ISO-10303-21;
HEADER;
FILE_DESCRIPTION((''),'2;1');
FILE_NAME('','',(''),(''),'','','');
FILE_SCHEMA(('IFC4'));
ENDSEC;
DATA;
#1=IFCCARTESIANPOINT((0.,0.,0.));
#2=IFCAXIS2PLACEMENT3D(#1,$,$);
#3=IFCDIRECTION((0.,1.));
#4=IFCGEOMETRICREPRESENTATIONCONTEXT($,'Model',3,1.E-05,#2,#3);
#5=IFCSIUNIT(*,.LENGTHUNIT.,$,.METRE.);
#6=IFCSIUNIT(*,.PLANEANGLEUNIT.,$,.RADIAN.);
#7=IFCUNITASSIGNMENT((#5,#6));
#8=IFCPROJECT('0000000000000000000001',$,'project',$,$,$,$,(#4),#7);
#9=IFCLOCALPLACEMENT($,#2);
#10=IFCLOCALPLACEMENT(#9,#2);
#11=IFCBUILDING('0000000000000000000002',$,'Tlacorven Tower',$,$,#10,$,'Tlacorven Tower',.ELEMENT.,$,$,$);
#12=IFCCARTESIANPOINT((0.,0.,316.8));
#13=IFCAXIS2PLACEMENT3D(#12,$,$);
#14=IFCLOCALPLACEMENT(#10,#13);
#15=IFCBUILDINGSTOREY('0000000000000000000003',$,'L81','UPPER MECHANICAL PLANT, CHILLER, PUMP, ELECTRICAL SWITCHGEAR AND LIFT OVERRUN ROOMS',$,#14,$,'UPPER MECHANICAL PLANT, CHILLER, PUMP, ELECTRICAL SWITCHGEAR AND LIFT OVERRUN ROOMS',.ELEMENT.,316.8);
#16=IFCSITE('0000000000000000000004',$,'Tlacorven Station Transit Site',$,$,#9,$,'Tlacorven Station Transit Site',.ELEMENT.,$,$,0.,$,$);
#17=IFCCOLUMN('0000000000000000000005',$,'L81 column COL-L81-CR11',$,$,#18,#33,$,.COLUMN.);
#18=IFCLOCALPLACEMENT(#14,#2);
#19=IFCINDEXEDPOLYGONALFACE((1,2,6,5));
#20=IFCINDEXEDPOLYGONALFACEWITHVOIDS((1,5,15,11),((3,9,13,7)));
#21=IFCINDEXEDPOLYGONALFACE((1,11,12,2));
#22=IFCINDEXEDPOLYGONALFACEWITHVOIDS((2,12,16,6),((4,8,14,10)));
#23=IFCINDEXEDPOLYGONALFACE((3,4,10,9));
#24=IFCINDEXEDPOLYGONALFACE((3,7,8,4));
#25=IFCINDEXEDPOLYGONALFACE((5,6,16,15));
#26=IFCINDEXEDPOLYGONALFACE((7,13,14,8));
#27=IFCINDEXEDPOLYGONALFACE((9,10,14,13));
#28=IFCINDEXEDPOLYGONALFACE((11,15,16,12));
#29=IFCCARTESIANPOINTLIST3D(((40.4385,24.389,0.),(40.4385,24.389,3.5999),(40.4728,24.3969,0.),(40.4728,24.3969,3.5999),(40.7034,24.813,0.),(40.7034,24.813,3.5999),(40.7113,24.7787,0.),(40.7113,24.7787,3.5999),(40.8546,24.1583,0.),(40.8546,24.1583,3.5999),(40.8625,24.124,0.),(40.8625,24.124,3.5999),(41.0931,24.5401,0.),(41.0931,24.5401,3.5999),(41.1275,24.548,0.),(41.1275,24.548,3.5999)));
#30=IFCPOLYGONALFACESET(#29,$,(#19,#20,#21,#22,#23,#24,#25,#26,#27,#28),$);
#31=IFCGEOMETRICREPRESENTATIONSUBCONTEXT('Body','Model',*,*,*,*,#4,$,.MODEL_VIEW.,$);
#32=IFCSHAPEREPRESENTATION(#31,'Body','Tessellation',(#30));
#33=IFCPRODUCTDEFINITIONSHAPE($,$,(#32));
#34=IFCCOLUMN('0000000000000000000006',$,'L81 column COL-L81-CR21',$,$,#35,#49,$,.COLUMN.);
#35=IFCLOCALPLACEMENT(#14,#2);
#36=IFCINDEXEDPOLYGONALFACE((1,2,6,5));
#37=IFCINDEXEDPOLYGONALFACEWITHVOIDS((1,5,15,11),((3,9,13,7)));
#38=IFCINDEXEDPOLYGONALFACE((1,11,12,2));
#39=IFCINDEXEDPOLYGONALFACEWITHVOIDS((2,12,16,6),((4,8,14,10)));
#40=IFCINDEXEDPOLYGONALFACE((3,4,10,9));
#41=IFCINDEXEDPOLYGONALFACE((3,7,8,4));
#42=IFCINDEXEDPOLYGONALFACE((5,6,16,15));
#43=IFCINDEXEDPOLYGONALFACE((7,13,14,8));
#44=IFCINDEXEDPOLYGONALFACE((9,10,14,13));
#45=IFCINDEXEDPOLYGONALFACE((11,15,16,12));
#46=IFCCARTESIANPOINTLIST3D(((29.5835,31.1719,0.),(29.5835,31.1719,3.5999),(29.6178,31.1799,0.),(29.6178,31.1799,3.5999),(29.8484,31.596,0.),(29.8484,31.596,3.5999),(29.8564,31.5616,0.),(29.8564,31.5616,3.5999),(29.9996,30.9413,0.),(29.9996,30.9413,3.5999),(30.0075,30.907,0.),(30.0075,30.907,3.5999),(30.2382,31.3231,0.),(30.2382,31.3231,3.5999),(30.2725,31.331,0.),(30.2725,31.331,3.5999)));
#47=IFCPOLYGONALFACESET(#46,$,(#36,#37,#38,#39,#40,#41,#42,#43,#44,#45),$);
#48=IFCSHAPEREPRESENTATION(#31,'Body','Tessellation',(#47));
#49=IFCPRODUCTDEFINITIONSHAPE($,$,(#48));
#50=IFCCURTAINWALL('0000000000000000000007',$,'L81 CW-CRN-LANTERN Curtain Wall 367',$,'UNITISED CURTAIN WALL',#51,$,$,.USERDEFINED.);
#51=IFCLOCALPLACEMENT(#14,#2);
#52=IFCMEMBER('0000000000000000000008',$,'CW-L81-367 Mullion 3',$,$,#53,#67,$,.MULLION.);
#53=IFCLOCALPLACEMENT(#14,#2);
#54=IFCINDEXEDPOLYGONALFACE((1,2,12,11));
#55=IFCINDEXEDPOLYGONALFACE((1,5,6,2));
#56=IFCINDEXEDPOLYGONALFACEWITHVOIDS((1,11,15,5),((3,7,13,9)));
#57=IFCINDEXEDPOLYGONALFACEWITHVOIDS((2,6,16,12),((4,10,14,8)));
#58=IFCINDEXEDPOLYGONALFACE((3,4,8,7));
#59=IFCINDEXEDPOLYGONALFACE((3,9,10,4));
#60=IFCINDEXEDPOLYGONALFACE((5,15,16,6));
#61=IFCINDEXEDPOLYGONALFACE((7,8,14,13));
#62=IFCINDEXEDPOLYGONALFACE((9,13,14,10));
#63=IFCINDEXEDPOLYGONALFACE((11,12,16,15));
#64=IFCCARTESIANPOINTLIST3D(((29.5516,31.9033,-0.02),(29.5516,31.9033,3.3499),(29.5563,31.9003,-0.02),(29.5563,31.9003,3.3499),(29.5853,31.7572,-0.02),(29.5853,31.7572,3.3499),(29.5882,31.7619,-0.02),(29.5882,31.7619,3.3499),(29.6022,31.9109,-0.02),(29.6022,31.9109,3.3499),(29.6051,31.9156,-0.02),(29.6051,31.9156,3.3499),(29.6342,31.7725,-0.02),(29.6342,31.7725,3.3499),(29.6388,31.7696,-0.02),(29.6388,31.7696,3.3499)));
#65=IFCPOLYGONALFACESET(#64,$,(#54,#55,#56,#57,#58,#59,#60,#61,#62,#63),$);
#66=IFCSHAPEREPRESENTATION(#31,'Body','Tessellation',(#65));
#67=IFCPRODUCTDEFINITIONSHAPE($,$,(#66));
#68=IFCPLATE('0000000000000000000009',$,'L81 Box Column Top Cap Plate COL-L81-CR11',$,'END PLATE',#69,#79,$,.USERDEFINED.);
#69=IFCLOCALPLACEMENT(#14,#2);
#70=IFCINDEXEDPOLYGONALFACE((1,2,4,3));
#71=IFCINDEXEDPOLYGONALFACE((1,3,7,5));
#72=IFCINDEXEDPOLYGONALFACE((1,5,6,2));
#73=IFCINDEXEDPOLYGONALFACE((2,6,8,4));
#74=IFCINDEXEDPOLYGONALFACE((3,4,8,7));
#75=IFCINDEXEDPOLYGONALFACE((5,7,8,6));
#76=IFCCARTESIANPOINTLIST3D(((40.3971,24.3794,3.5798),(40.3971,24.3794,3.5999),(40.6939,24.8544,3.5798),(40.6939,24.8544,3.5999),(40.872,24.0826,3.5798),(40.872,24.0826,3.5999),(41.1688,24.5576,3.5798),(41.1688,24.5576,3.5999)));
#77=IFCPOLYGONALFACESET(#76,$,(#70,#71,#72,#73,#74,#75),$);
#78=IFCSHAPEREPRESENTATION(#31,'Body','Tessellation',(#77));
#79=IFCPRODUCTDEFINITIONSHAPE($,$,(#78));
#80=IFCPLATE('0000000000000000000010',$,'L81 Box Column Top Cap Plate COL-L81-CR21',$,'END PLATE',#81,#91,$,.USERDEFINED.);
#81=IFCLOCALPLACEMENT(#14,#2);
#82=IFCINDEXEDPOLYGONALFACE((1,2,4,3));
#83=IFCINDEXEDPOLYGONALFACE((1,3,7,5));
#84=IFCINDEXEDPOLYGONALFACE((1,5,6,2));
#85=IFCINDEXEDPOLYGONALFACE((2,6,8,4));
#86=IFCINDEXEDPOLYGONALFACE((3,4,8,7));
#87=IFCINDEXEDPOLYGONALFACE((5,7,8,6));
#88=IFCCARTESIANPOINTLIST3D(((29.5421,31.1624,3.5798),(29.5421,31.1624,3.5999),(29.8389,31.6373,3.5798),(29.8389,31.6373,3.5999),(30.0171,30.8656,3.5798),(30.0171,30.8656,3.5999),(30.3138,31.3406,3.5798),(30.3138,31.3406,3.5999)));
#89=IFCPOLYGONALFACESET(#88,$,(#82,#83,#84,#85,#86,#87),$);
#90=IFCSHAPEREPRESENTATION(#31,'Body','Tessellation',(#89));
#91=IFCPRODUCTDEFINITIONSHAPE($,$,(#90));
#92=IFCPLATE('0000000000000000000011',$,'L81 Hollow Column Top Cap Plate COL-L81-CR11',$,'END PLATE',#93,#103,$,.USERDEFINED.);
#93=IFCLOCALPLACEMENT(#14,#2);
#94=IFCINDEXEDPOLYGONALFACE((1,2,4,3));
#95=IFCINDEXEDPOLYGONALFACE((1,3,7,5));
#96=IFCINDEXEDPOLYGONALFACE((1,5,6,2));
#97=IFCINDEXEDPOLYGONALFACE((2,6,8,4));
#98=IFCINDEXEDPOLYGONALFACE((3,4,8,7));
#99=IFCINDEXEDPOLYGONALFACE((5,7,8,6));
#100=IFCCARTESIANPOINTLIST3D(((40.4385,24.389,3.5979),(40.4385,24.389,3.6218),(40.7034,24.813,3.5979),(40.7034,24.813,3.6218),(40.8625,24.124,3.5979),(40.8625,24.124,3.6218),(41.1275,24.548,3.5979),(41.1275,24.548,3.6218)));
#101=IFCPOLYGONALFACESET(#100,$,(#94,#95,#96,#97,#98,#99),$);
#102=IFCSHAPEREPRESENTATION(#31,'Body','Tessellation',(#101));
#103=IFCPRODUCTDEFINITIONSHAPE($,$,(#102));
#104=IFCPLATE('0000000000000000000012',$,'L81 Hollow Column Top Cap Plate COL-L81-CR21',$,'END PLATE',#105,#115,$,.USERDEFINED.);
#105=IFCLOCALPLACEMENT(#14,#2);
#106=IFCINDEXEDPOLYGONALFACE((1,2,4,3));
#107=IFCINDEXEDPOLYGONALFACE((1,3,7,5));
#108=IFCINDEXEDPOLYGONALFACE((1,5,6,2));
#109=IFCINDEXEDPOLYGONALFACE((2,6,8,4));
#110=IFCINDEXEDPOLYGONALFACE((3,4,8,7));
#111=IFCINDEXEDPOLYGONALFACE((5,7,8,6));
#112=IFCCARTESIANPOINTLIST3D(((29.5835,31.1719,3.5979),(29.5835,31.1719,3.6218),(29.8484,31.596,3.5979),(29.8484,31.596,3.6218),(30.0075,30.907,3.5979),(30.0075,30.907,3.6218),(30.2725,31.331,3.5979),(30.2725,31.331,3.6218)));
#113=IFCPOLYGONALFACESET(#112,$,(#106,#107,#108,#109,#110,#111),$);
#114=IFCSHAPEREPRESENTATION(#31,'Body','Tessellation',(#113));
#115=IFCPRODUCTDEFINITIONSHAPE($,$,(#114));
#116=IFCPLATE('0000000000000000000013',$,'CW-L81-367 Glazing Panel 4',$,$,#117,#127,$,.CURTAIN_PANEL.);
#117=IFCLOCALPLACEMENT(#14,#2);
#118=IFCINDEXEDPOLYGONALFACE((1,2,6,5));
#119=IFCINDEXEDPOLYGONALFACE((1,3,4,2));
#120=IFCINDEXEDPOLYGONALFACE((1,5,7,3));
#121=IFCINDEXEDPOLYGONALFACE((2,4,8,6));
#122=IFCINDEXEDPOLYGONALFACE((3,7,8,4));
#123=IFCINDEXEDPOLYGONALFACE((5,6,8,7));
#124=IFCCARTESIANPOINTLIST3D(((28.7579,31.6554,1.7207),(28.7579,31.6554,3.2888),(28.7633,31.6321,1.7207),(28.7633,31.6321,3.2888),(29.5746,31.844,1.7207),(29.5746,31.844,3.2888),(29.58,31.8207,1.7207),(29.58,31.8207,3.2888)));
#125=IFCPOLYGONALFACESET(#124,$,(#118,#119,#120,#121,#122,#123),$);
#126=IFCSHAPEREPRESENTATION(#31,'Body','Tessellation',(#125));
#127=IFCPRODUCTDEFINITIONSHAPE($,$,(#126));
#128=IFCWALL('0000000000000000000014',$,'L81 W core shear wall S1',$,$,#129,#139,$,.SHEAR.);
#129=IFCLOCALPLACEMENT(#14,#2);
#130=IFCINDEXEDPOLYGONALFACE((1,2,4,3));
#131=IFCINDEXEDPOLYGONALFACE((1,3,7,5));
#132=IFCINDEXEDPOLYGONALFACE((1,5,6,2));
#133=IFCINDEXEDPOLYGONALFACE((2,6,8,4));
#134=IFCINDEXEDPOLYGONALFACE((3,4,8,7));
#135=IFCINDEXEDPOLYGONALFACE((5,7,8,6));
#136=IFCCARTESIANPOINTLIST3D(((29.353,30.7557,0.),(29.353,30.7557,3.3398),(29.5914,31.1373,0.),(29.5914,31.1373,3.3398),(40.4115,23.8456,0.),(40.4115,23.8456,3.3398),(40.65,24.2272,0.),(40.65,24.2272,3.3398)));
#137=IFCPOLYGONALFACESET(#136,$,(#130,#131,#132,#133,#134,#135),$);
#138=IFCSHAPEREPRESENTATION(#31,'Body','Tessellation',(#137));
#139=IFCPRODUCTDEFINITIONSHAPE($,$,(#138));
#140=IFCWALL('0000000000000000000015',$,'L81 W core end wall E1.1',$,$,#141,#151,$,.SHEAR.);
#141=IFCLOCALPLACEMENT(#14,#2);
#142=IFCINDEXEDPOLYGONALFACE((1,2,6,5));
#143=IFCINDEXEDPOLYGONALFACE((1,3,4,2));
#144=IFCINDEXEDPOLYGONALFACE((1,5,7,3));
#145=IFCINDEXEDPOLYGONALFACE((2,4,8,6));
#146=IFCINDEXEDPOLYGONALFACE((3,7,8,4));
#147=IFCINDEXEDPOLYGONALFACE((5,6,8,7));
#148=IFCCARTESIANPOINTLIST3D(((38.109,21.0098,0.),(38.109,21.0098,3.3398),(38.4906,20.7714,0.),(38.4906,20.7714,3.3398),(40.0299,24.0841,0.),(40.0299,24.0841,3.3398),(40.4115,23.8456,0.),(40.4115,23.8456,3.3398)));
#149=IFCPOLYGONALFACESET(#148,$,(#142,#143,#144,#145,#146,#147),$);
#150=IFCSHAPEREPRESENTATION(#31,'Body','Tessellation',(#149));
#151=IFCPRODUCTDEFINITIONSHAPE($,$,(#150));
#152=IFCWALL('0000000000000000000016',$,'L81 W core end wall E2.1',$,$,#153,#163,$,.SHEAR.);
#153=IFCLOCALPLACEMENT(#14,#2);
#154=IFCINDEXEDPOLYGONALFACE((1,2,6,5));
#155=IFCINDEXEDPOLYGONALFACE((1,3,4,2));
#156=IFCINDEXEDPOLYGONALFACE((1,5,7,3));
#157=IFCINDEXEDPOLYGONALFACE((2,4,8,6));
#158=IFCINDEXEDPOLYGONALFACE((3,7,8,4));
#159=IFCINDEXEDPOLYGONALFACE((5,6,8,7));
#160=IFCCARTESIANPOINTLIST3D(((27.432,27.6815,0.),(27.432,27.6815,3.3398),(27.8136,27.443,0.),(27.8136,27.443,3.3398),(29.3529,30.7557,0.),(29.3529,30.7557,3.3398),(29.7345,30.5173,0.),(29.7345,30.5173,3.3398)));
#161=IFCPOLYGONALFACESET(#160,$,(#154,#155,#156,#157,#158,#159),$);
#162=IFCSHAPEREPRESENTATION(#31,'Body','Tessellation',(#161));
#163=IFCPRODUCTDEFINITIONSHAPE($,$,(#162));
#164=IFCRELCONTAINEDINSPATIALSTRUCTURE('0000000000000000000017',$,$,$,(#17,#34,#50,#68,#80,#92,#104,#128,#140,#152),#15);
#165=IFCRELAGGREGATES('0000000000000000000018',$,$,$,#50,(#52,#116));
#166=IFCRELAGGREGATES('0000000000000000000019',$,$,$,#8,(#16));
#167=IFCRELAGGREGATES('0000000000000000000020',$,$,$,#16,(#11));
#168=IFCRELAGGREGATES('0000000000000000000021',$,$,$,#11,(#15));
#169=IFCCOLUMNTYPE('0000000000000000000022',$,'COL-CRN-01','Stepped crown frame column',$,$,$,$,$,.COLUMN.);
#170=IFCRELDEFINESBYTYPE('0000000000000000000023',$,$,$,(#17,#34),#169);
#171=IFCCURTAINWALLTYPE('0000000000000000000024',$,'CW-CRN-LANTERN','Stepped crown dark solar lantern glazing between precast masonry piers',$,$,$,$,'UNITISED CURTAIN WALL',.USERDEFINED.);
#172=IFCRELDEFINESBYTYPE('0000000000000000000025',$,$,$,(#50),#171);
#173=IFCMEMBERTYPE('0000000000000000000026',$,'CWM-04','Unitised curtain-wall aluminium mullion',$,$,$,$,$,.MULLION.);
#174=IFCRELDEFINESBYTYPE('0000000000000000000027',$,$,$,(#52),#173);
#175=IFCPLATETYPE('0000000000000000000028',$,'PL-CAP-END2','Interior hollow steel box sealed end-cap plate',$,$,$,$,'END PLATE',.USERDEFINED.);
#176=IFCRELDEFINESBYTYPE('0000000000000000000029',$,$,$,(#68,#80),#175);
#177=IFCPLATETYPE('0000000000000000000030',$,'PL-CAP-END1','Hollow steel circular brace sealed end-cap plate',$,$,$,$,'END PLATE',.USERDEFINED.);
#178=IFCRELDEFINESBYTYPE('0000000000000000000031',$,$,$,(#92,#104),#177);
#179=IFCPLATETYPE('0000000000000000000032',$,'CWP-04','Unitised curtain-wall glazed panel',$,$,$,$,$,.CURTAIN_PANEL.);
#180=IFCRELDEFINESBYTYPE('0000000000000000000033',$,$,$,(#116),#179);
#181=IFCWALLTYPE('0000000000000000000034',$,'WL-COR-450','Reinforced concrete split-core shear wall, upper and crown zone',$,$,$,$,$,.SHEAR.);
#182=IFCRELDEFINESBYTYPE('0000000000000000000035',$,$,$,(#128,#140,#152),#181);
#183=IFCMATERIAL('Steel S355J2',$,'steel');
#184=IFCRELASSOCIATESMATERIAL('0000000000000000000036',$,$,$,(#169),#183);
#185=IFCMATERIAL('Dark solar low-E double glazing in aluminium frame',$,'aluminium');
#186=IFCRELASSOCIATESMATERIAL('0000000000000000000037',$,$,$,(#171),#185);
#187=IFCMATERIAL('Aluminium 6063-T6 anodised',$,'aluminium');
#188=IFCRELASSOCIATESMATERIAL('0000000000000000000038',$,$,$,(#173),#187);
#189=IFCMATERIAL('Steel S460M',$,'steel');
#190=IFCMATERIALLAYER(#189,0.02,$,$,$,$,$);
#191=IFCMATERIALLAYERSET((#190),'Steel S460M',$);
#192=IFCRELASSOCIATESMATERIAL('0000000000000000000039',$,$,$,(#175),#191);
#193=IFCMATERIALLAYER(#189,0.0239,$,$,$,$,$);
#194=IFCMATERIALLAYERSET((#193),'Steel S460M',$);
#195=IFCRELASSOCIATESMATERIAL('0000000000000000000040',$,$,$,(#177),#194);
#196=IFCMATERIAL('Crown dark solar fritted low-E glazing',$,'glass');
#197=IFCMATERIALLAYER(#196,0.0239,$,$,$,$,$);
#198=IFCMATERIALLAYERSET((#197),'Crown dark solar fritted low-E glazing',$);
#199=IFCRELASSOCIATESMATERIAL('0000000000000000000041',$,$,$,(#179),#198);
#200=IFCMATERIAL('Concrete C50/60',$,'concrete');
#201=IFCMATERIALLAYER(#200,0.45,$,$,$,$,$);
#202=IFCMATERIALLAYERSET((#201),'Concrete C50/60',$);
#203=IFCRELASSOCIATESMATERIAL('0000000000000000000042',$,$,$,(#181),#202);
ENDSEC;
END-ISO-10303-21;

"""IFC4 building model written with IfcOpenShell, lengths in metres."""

from ifc_helpers import new_model, si_unit, direction, frame, frame_2d, origin, origin_2d, place, context, subcontext, project, spatial, rectangle, hollow_rectangle, extrude, source, transform, mapped, material, layer, layer_set, material_profile, profile_set, type_object, element, aggregate, save


model = new_model("IFC4")

# Units and contexts
model_context = context("Model", 3, precision=1e-05, world=origin(), true_north=direction((0.0, 1.0)))
body_context = subcontext(model_context, "Body", "Model", "MODEL_VIEW")
ifc_project = project(units=[si_unit("LENGTHUNIT", "METRE"), si_unit("PLANEANGLEUNIT", "RADIAN")], contexts=[model_context])

# Site, building, storey
site_placement = place(None, origin())
site = spatial("IfcSite", under=ifc_project, at=site_placement, Name="Tlacorven Station Transit Site", LongName="Tlacorven Station Transit Site", CompositionType="ELEMENT", RefElevation=0.0)
building_placement = place(site_placement, origin())
building = spatial("IfcBuilding", under=site, at=building_placement, Name="Tlacorven Tower", LongName="Tlacorven Tower", CompositionType="ELEMENT")
storey_placement = place(building_placement, frame((0.0, 0.0, 316.8)))
storey = spatial("IfcBuildingStorey", under=building, at=storey_placement, Name="L81", Description="UPPER MECHANICAL PLANT, CHILLER, PUMP, ELECTRICAL SWITCHGEAR AND LIFT OVERRUN ROOMS", LongName="UPPER MECHANICAL PLANT, CHILLER, PUMP, ELECTRICAL SWITCHGEAR AND LIFT OVERRUN ROOMS", CompositionType="ELEMENT", Elevation=316.8)

# Columns
ifc_material_1 = material(Name="Steel S355J2", Category="steel")
ifc_material_profile_1 = material_profile(ifc_material_1, hollow_rectangle(XDim=0.5, YDim=0.5, WallThickness=0.0249, at=origin_2d()), Name="BOX 500X500X25")
ifc_profile_set_1 = profile_set([ifc_material_profile_1], Name="Steel S355J2")
column_type = type_object("IfcColumnType", Name="COL-CRN-01", Description="Stepped crown frame column", PredefinedType="COLUMN", material=ifc_profile_set_1)
shared_shape_1 = source(origin(), body_context, "Body", "SweptSolid", [
    extrude(hollow_rectangle(XDim=0.5, YDim=0.5, WallThickness=0.0249, at=origin_2d()), origin(), (0.0, 0.0, 1.0), 3.5999),
])
for number, where, z_axis, x_axis, name in (
    (1, (40.783, 24.4685, 0.0), (0.0, 0.0, 1.0), (-0.848048, 0.529919, 0.0), "L81 column COL-L81-CR11"),
    (2, (29.928, 31.2515, 0.0), (0.0, 0.0, 1.0), (-0.848048, 0.529919, 0.0), "L81 column COL-L81-CR21"),
):
    element("IfcColumn", number, at=place(storey_placement, frame(where, z_axis=z_axis, x_axis=x_axis)), inside=storey, type_object=column_type, Name=name, PredefinedType="COLUMN", context=body_context, shape_type="MappedRepresentation", body=[
        mapped(shared_shape_1, transform((0.0, 0.0, 0.0), scale=1.0)),
    ])

# Curtain wall, member
ifc_material_2 = material(Name="Dark solar low-E double glazing in aluminium frame", Category="aluminium")
curtain_wall_type = type_object("IfcCurtainWallType", Name="CW-CRN-LANTERN", Description="Stepped crown dark solar lantern glazing between precast masonry piers", ElementType="UNITISED CURTAIN WALL", PredefinedType="USERDEFINED", material=ifc_material_2)
curtain_wall_placement = place(storey_placement, origin())
curtain_wall = element("IfcCurtainWall", 3, at=curtain_wall_placement, inside=storey, type_object=curtain_wall_type, Name="L81 CW-CRN-LANTERN Curtain Wall 367", ObjectType="UNITISED CURTAIN WALL", PredefinedType="USERDEFINED")
ifc_material_3 = material(Name="Aluminium 6063-T6 anodised", Category="aluminium")
ifc_material_profile_2 = material_profile(ifc_material_3, hollow_rectangle(XDim=0.0549, YDim=0.1499, WallThickness=0.0039, at=origin_2d()), Name="ALU MULLION 55X150")
ifc_profile_set_2 = profile_set([ifc_material_profile_2], Name="Aluminium 6063-T6 anodised")
member_type = type_object("IfcMemberType", Name="CWM-04", Description="Unitised curtain-wall aluminium mullion", PredefinedType="MULLION", material=ifc_profile_set_2)
shared_shape_2 = source(origin(), body_context, "Body", "SweptSolid", [
    extrude(hollow_rectangle(XDim=0.0549, YDim=0.1499, WallThickness=0.0039, at=origin_2d()), origin(), (0.0, 0.0, 1.0), 3.3699),
])
member_placement = place(storey_placement, frame((29.5952, 31.8364, -0.02), z_axis=(0.0, 0.0, 1.0), x_axis=(0.974369, 0.224954, 0.0)))
member = element("IfcMember", 4, at=member_placement, type_object=member_type, Name="CW-L81-367 Mullion 3", PredefinedType="MULLION", context=body_context, shape_type="MappedRepresentation", body=[
    mapped(shared_shape_2, transform((0.0, 0.0, 0.0), scale=1.0)),
])

# Plates
ifc_material_4 = material(Name="Steel S460M", Category="steel")
ifc_layer_1 = layer(ifc_material_4, 0.02)
ifc_layer_set_1 = layer_set([ifc_layer_1], Name="Steel S460M")
plate_type_1 = type_object("IfcPlateType", Name="PL-CAP-END2", Description="Interior hollow steel box sealed end-cap plate", ElementType="END PLATE", PredefinedType="USERDEFINED", material=ifc_layer_set_1)
shared_shape_3 = source(origin(), body_context, "Body", "SweptSolid", [
    extrude(rectangle(XDim=0.5601, YDim=0.5601, at=origin_2d()), origin(), (0.0, 0.0, 1.0), 0.02),
])
for number, where, z_axis, x_axis, name in (
    (5, (40.783, 24.4685, 3.5798), (0.0, 0.0, 1.0), (-0.848048, 0.529919, 0.0), "L81 Box Column Top Cap Plate COL-L81-CR11"),
    (6, (29.928, 31.2515, 3.5798), (0.0, 0.0, 1.0), (-0.848048, 0.529919, 0.0), "L81 Box Column Top Cap Plate COL-L81-CR21"),
):
    element("IfcPlate", number, at=place(storey_placement, frame(where, z_axis=z_axis, x_axis=x_axis)), inside=storey, type_object=plate_type_1, Name=name, ObjectType="END PLATE", PredefinedType="USERDEFINED", context=body_context, shape_type="MappedRepresentation", body=[
        mapped(shared_shape_3, transform((0.0, 0.0, 0.0), scale=1.0)),
    ])
ifc_layer_2 = layer(ifc_material_4, 0.0239)
ifc_layer_set_2 = layer_set([ifc_layer_2], Name="Steel S460M")
plate_type_2 = type_object("IfcPlateType", Name="PL-CAP-END1", Description="Hollow steel circular brace sealed end-cap plate", ElementType="END PLATE", PredefinedType="USERDEFINED", material=ifc_layer_set_2)
shared_shape_4 = source(origin(), body_context, "Body", "SweptSolid", [
    extrude(rectangle(XDim=0.5, YDim=0.5, at=origin_2d()), origin(), (0.0, 0.0, 1.0), 0.0239),
])
for number, where, z_axis, x_axis, name in (
    (7, (40.783, 24.4685, 3.5979), (0.0, 0.0, 1.0), (-0.848048, 0.529919, 0.0), "L81 Hollow Column Top Cap Plate COL-L81-CR11"),
    (8, (29.928, 31.2515, 3.5979), (0.0, 0.0, 1.0), (-0.848048, 0.529919, 0.0), "L81 Hollow Column Top Cap Plate COL-L81-CR21"),
):
    element("IfcPlate", number, at=place(storey_placement, frame(where, z_axis=z_axis, x_axis=x_axis)), inside=storey, type_object=plate_type_2, Name=name, ObjectType="END PLATE", PredefinedType="USERDEFINED", context=body_context, shape_type="MappedRepresentation", body=[
        mapped(shared_shape_4, transform((0.0, 0.0, 0.0), scale=1.0)),
    ])

# Plate
ifc_material_5 = material(Name="Crown dark solar fritted low-E glazing", Category="glass")
ifc_layer_3 = layer(ifc_material_5, 0.0239)
ifc_layer_set_3 = layer_set([ifc_layer_3], Name="Crown dark solar fritted low-E glazing")
plate_type_3 = type_object("IfcPlateType", Name="CWP-04", Description="Unitised curtain-wall glazed panel", PredefinedType="CURTAIN_PANEL", material=ifc_layer_set_3)
shared_shape_5 = source(origin(), body_context, "Body", "SweptSolid", [
    extrude(rectangle(XDim=0.8381, YDim=0.0239, at=origin_2d()), origin(), (0.0, 0.0, 1.0), 1.5681),
])
plate_placement = place(storey_placement, frame((29.1689, 31.738, 1.7207), z_axis=(0.0, 0.0, 1.0), x_axis=(0.974369, 0.224954, 0.0)))
plate = element("IfcPlate", 9, at=plate_placement, type_object=plate_type_3, Name="CW-L81-367 Glazing Panel 4", PredefinedType="CURTAIN_PANEL", context=body_context, shape_type="MappedRepresentation", body=[
    mapped(shared_shape_5, transform((0.0, 0.0, 0.0), scale=1.0)),
])
aggregate(curtain_wall, [member, plate])

# Walls
ifc_material_6 = material(Name="Concrete C50/60", Category="concrete")
ifc_layer_4 = layer(ifc_material_6, 0.45)
ifc_layer_set_4 = layer_set([ifc_layer_4], Name="Concrete C50/60")
wall_type_1 = type_object("IfcWallType", Name="WL-COR-450", Description="Reinforced concrete split-core shear wall, upper and crown zone", PredefinedType="SHEAR", material=ifc_layer_set_4)
wall_1_placement = place(storey_placement, frame((40.5308, 24.0364, 0.0), z_axis=(0.0, 0.0, 1.0), x_axis=(-0.848049, 0.529918, 0.0)))
element("IfcWall", 10, at=wall_1_placement, inside=storey, type_object=wall_type_1, Name="L81 W core shear wall S1", PredefinedType="SHEAR", context=body_context, shape_type="SweptSolid", body=[
    extrude(rectangle(XDim=13.04, YDim=0.45, at=frame_2d((6.52, 0.0))), origin(), (0.0, 0.0, 1.0), 3.3398),
])
for number, where, z_axis, x_axis, name in (
    (11, (40.2207, 23.9648, 0.0), (0.0, 0.0, 1.0), (-0.529902, -0.848059, 0.0), "L81 W core end wall E1.1"),
    (12, (29.5437, 30.6365, 0.0), (0.0, 0.0, 1.0), (-0.529902, -0.848059, 0.0), "L81 W core end wall E2.1"),
):
    element("IfcWall", number, at=place(storey_placement, frame(where, z_axis=z_axis, x_axis=x_axis)), inside=storey, type_object=wall_type_1, Name=name, PredefinedType="SHEAR", context=body_context, shape_type="SweptSolid", body=[
        extrude(rectangle(XDim=3.625, YDim=0.45, at=frame_2d((1.8125, 0.0))), origin(), (0.0, 0.0, 1.0), 3.3398),
    ])

save(model, "model.ifc")
